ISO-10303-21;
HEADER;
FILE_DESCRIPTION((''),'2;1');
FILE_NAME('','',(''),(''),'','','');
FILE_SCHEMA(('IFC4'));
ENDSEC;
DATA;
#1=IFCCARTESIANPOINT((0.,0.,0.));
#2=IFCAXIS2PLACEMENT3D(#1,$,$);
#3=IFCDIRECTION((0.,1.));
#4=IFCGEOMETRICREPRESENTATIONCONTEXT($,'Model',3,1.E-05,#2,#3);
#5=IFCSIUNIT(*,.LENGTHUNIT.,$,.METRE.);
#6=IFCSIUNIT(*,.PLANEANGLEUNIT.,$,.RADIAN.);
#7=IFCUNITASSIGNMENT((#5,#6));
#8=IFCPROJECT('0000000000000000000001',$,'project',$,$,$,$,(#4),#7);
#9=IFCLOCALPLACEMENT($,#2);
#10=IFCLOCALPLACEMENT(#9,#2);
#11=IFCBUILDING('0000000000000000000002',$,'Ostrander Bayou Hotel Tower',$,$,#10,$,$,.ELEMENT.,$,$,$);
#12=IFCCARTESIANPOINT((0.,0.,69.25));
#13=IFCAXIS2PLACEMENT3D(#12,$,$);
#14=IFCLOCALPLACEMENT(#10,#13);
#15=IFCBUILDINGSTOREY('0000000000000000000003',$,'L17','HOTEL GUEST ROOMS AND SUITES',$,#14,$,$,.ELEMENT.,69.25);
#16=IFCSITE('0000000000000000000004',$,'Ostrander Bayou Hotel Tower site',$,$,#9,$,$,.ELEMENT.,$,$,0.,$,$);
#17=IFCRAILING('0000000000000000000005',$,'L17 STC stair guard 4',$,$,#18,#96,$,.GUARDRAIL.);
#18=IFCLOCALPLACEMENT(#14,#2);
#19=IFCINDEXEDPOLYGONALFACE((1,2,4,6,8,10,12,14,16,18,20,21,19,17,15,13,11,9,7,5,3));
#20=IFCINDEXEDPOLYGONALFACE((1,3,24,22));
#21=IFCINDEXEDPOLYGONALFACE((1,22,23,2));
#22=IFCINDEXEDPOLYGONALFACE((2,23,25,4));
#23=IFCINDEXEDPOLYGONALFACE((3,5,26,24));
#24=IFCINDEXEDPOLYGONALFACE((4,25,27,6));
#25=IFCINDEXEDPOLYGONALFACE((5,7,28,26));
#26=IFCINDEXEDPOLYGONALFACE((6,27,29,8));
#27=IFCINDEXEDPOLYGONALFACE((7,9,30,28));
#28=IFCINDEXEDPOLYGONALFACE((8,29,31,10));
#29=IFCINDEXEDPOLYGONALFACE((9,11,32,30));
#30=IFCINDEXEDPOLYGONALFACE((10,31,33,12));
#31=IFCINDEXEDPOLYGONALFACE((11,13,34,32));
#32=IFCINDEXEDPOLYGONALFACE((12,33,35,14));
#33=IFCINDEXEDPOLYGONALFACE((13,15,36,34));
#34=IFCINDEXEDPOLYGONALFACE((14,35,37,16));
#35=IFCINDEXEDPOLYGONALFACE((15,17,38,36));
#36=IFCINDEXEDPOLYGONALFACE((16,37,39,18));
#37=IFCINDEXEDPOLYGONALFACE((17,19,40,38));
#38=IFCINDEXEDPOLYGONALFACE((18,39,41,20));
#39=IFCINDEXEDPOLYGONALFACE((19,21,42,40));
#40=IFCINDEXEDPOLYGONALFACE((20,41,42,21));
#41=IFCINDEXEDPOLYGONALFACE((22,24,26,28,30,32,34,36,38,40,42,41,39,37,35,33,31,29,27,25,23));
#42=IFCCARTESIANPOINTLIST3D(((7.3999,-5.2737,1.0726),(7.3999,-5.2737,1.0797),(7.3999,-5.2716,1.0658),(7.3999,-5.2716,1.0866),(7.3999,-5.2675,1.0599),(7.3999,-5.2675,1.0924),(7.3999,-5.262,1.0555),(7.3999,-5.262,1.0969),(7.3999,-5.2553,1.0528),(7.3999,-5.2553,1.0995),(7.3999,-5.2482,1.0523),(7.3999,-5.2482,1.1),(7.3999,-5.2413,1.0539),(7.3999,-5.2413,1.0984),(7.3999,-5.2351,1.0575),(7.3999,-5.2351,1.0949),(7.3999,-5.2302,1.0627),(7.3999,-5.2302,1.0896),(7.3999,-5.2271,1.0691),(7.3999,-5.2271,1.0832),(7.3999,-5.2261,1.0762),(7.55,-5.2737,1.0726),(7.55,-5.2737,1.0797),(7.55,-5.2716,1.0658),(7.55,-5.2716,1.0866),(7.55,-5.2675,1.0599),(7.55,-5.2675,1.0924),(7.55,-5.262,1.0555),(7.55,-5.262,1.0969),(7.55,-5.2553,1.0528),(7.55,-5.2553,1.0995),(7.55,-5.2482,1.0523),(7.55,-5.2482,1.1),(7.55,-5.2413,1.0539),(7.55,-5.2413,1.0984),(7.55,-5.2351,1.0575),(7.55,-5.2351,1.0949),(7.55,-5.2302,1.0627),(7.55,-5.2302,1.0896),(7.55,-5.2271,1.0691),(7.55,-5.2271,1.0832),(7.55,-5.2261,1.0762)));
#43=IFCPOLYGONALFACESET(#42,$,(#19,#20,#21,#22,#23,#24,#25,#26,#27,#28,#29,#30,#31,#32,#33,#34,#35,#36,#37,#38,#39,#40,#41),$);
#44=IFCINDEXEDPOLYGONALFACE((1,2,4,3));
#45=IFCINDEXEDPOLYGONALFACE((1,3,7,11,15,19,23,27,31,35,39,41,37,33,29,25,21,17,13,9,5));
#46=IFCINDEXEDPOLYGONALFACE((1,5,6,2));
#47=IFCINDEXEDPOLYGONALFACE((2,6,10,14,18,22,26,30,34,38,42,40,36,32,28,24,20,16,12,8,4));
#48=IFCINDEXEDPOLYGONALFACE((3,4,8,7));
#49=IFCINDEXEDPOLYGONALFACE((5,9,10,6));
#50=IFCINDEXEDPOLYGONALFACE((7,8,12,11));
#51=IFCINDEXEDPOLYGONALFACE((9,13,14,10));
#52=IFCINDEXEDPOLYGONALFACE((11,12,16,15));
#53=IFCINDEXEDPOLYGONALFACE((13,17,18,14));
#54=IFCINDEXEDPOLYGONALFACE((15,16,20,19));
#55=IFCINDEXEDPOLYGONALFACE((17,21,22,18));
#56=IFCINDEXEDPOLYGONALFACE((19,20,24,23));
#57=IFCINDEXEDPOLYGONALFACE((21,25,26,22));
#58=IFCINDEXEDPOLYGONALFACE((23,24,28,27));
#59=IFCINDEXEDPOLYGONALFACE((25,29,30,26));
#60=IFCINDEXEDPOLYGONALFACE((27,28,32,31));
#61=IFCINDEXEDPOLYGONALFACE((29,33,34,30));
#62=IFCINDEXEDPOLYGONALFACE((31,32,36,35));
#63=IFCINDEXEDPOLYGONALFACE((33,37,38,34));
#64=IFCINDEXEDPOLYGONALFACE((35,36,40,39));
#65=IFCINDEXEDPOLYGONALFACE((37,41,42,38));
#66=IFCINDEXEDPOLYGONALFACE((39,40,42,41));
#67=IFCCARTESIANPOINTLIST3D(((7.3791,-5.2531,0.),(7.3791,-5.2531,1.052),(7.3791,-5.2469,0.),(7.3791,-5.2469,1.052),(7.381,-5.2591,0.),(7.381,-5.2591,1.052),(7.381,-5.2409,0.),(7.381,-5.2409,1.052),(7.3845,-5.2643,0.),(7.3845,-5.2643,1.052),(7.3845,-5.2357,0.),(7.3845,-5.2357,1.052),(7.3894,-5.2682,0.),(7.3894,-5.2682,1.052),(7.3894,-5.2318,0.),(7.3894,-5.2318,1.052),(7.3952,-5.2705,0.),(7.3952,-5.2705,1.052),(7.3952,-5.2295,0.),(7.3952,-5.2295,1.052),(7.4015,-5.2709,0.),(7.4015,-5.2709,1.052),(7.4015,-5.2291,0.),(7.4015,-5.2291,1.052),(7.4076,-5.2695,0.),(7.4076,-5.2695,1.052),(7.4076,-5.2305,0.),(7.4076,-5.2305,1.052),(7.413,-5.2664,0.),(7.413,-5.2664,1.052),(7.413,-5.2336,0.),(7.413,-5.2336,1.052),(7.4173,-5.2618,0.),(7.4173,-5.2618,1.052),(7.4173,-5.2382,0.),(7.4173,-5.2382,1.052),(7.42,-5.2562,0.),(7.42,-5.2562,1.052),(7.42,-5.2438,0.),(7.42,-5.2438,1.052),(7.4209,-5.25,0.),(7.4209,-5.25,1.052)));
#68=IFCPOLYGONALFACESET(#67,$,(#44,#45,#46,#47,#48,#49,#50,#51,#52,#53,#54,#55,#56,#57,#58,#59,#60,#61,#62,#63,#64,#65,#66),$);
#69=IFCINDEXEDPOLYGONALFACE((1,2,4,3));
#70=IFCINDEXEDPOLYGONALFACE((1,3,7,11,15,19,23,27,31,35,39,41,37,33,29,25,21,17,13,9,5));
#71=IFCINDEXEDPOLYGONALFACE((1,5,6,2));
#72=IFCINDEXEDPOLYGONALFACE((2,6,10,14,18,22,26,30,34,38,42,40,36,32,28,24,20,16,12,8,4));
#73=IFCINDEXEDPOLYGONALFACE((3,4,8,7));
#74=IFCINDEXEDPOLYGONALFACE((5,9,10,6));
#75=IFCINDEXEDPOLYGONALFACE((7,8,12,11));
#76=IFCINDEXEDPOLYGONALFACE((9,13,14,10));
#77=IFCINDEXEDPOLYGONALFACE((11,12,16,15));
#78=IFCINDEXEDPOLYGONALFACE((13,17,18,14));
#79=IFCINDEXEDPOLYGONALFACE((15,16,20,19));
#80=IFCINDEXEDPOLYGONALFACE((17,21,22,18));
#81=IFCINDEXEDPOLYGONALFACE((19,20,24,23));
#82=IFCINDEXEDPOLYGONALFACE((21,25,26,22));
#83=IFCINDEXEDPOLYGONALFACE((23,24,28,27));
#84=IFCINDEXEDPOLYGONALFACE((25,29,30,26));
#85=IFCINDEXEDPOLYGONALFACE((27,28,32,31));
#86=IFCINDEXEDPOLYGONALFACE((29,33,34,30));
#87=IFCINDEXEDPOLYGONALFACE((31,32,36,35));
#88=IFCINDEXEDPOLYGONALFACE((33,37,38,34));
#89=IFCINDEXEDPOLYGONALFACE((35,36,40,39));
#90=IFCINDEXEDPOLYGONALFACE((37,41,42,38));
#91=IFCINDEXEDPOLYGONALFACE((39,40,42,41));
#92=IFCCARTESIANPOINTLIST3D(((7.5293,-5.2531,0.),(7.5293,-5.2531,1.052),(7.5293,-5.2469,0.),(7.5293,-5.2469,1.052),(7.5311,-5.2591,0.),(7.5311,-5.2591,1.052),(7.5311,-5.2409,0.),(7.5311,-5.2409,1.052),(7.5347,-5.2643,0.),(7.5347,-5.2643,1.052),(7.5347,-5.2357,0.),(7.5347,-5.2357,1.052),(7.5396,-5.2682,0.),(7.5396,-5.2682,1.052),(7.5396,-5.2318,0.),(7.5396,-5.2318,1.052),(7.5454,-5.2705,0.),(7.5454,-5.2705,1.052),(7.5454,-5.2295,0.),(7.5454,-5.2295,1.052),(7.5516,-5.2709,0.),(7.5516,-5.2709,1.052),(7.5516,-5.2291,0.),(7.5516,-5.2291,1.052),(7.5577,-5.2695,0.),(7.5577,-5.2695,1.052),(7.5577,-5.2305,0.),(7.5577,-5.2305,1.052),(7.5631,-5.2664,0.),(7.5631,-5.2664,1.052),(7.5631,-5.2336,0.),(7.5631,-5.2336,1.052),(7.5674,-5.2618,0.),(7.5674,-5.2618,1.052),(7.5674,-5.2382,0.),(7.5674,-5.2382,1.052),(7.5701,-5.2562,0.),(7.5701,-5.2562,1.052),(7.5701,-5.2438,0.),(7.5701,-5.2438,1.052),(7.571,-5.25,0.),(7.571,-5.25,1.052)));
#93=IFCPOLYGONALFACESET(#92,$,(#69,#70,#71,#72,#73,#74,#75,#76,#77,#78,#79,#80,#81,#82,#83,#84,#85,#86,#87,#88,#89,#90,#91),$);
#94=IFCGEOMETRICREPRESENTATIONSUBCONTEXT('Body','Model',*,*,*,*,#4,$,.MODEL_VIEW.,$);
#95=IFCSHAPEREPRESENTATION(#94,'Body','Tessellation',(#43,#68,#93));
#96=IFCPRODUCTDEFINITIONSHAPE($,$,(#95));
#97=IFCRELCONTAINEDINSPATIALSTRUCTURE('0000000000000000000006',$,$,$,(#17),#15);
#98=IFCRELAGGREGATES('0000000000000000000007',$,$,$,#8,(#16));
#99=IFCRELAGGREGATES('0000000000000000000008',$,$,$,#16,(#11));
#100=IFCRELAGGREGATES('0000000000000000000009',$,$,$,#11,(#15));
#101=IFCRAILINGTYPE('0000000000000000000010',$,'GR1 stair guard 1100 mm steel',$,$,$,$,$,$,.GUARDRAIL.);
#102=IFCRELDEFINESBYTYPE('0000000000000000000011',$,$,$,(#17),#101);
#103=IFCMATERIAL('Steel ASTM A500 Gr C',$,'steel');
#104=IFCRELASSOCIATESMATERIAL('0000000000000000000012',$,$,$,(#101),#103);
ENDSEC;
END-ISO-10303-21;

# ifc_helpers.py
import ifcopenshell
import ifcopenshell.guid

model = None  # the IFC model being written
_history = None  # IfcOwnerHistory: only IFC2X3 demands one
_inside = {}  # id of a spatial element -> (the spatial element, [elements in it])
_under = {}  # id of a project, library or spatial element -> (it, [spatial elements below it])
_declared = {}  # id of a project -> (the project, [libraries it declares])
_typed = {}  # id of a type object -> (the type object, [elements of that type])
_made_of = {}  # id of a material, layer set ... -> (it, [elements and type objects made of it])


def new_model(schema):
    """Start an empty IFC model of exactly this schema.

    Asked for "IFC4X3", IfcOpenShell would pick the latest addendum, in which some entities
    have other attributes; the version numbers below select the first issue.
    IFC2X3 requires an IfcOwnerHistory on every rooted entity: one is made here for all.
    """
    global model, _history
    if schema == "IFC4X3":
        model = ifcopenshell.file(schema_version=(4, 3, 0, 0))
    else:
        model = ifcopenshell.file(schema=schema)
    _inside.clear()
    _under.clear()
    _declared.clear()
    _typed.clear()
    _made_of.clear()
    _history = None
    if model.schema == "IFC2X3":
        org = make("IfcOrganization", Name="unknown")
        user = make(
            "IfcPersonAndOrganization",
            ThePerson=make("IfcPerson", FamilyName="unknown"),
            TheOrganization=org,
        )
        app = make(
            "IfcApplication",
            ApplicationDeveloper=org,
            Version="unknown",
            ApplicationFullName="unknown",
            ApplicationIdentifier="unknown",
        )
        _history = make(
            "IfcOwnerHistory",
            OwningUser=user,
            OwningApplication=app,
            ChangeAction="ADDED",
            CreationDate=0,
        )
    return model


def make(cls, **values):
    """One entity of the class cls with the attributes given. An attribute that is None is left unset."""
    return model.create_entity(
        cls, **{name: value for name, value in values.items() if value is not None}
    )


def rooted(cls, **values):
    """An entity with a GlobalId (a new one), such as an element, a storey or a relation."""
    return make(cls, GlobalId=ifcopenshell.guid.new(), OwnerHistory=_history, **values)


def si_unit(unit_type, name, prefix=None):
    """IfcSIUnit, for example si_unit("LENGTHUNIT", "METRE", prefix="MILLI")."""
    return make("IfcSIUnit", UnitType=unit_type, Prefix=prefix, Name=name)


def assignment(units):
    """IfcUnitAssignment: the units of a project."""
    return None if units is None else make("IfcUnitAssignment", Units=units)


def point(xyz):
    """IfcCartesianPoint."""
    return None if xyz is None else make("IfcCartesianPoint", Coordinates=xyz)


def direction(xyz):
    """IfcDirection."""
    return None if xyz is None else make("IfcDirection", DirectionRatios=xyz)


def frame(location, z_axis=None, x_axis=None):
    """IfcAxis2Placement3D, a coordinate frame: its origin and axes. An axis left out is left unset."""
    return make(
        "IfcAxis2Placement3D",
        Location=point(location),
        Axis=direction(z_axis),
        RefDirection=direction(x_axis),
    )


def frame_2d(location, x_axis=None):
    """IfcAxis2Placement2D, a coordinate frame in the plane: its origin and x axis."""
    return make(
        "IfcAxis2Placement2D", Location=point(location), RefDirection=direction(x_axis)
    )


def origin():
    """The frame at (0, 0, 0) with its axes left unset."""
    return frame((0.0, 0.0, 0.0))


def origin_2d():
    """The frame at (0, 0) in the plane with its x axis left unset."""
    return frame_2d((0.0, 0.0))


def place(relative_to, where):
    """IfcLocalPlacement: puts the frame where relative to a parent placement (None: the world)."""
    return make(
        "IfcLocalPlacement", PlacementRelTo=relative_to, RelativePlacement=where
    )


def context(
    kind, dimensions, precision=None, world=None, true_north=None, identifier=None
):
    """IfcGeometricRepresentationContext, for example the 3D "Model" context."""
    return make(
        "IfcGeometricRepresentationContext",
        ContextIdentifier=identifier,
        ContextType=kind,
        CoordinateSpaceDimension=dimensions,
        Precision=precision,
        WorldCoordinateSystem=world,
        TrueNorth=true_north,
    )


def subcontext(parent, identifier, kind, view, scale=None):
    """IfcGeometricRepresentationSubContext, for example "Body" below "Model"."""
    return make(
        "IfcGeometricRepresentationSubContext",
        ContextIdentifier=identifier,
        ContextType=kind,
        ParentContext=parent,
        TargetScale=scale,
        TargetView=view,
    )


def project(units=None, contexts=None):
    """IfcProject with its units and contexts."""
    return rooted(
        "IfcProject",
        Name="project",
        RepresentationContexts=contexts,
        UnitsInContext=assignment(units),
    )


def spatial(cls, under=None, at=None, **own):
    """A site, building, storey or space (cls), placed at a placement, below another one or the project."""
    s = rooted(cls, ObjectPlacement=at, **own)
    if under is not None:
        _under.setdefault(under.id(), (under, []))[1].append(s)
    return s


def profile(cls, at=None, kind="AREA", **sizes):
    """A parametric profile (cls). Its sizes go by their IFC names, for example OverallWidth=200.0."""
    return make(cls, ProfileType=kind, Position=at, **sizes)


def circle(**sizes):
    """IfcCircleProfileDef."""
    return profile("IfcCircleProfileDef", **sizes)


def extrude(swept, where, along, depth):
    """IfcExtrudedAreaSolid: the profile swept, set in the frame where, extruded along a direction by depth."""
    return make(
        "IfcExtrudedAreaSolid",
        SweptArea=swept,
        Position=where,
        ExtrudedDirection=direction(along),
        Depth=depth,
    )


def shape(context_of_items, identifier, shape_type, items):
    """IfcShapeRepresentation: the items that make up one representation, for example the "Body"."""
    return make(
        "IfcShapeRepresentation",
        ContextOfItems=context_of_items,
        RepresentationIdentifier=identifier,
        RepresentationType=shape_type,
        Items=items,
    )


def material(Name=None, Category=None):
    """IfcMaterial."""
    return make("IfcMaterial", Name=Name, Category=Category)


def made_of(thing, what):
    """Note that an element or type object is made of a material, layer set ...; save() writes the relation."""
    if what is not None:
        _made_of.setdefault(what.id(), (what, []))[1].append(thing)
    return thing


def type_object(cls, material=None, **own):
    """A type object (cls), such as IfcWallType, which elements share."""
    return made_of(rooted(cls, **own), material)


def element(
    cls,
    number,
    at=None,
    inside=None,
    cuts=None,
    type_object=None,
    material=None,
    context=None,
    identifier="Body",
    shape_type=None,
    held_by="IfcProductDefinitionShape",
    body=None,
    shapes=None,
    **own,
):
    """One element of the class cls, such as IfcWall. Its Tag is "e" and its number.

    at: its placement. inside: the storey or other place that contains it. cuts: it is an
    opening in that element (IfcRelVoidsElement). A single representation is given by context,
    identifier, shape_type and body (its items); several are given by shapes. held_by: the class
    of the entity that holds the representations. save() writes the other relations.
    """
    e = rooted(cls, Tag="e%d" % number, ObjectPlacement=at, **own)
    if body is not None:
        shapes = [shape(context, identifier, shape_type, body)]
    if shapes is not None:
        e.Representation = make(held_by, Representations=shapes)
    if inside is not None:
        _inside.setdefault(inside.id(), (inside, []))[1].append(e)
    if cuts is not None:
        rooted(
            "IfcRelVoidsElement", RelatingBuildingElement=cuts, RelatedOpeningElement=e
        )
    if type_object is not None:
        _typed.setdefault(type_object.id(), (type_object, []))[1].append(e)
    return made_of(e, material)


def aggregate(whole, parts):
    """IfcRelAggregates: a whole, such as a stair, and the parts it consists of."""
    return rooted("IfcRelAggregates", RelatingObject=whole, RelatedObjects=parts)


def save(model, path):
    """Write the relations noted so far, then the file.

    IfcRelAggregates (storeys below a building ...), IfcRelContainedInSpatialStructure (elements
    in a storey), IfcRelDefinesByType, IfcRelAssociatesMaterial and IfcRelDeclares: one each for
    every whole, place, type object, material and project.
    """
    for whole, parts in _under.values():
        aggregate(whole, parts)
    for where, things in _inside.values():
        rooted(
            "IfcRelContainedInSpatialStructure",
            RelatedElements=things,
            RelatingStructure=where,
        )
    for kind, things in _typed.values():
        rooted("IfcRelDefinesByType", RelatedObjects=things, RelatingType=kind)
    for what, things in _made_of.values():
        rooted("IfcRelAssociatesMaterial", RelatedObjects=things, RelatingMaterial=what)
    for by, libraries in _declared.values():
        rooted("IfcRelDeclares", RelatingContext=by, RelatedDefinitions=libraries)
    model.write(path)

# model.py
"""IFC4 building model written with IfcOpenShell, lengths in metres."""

from ifc_helpers import new_model, si_unit, direction, frame, origin, origin_2d, place, context, subcontext, project, spatial, circle, extrude, material, type_object, element, save


model = new_model("IFC4")

# Units and contexts
model_context = context("Model", 3, precision=1e-05, world=origin(), true_north=direction((0.0, 1.0)))
body_context = subcontext(model_context, "Body", "Model", "MODEL_VIEW")
ifc_project = project(units=[si_unit("LENGTHUNIT", "METRE"), si_unit("PLANEANGLEUNIT", "RADIAN")], contexts=[model_context])

# Site, building, storey
site_placement = place(None, origin())
site = spatial("IfcSite", under=ifc_project, at=site_placement, Name="Ostrander Bayou Hotel Tower site", CompositionType="ELEMENT", RefElevation=0.0)
building_placement = place(site_placement, origin())
building = spatial("IfcBuilding", under=site, at=building_placement, Name="Ostrander Bayou Hotel Tower", CompositionType="ELEMENT")
storey_placement = place(building_placement, frame((0.0, 0.0, 69.25)))
storey = spatial("IfcBuildingStorey", under=building, at=storey_placement, Name="L17", Description="HOTEL GUEST ROOMS AND SUITES", CompositionType="ELEMENT", Elevation=69.25)

# Railing
ifc_material_1 = material(Name="Steel ASTM A500 Gr C", Category="steel")
railing_type_1 = type_object("IfcRailingType", Name="GR1 stair guard 1100 mm steel", PredefinedType="GUARDRAIL", material=ifc_material_1)
railing_1_placement = place(storey_placement, frame((7.3999, -5.25, 0.0)))
element("IfcRailing", 1, at=railing_1_placement, inside=storey, type_object=railing_type_1, Name="L17 STC stair guard 4", PredefinedType="GUARDRAIL", context=body_context, shape_type="SweptSolid", body=[
    extrude(circle(Radius=0.0239, at=origin_2d()), frame((0.0, 0.0, 1.0762), z_axis=(1.0, 0.0, 0.0), x_axis=(0.0, 1.0, 0.0)), (0.0, 0.0, 1.0), 0.1501),
    extrude(circle(Radius=0.021, at=origin_2d()), origin(), (0.0, 0.0, 1.0), 1.052),
    extrude(circle(Radius=0.021, at=origin_2d()), frame((0.1501, 0.0, 0.0)), (0.0, 0.0, 1.0), 1.052),
])

save(model, "model.ifc")
